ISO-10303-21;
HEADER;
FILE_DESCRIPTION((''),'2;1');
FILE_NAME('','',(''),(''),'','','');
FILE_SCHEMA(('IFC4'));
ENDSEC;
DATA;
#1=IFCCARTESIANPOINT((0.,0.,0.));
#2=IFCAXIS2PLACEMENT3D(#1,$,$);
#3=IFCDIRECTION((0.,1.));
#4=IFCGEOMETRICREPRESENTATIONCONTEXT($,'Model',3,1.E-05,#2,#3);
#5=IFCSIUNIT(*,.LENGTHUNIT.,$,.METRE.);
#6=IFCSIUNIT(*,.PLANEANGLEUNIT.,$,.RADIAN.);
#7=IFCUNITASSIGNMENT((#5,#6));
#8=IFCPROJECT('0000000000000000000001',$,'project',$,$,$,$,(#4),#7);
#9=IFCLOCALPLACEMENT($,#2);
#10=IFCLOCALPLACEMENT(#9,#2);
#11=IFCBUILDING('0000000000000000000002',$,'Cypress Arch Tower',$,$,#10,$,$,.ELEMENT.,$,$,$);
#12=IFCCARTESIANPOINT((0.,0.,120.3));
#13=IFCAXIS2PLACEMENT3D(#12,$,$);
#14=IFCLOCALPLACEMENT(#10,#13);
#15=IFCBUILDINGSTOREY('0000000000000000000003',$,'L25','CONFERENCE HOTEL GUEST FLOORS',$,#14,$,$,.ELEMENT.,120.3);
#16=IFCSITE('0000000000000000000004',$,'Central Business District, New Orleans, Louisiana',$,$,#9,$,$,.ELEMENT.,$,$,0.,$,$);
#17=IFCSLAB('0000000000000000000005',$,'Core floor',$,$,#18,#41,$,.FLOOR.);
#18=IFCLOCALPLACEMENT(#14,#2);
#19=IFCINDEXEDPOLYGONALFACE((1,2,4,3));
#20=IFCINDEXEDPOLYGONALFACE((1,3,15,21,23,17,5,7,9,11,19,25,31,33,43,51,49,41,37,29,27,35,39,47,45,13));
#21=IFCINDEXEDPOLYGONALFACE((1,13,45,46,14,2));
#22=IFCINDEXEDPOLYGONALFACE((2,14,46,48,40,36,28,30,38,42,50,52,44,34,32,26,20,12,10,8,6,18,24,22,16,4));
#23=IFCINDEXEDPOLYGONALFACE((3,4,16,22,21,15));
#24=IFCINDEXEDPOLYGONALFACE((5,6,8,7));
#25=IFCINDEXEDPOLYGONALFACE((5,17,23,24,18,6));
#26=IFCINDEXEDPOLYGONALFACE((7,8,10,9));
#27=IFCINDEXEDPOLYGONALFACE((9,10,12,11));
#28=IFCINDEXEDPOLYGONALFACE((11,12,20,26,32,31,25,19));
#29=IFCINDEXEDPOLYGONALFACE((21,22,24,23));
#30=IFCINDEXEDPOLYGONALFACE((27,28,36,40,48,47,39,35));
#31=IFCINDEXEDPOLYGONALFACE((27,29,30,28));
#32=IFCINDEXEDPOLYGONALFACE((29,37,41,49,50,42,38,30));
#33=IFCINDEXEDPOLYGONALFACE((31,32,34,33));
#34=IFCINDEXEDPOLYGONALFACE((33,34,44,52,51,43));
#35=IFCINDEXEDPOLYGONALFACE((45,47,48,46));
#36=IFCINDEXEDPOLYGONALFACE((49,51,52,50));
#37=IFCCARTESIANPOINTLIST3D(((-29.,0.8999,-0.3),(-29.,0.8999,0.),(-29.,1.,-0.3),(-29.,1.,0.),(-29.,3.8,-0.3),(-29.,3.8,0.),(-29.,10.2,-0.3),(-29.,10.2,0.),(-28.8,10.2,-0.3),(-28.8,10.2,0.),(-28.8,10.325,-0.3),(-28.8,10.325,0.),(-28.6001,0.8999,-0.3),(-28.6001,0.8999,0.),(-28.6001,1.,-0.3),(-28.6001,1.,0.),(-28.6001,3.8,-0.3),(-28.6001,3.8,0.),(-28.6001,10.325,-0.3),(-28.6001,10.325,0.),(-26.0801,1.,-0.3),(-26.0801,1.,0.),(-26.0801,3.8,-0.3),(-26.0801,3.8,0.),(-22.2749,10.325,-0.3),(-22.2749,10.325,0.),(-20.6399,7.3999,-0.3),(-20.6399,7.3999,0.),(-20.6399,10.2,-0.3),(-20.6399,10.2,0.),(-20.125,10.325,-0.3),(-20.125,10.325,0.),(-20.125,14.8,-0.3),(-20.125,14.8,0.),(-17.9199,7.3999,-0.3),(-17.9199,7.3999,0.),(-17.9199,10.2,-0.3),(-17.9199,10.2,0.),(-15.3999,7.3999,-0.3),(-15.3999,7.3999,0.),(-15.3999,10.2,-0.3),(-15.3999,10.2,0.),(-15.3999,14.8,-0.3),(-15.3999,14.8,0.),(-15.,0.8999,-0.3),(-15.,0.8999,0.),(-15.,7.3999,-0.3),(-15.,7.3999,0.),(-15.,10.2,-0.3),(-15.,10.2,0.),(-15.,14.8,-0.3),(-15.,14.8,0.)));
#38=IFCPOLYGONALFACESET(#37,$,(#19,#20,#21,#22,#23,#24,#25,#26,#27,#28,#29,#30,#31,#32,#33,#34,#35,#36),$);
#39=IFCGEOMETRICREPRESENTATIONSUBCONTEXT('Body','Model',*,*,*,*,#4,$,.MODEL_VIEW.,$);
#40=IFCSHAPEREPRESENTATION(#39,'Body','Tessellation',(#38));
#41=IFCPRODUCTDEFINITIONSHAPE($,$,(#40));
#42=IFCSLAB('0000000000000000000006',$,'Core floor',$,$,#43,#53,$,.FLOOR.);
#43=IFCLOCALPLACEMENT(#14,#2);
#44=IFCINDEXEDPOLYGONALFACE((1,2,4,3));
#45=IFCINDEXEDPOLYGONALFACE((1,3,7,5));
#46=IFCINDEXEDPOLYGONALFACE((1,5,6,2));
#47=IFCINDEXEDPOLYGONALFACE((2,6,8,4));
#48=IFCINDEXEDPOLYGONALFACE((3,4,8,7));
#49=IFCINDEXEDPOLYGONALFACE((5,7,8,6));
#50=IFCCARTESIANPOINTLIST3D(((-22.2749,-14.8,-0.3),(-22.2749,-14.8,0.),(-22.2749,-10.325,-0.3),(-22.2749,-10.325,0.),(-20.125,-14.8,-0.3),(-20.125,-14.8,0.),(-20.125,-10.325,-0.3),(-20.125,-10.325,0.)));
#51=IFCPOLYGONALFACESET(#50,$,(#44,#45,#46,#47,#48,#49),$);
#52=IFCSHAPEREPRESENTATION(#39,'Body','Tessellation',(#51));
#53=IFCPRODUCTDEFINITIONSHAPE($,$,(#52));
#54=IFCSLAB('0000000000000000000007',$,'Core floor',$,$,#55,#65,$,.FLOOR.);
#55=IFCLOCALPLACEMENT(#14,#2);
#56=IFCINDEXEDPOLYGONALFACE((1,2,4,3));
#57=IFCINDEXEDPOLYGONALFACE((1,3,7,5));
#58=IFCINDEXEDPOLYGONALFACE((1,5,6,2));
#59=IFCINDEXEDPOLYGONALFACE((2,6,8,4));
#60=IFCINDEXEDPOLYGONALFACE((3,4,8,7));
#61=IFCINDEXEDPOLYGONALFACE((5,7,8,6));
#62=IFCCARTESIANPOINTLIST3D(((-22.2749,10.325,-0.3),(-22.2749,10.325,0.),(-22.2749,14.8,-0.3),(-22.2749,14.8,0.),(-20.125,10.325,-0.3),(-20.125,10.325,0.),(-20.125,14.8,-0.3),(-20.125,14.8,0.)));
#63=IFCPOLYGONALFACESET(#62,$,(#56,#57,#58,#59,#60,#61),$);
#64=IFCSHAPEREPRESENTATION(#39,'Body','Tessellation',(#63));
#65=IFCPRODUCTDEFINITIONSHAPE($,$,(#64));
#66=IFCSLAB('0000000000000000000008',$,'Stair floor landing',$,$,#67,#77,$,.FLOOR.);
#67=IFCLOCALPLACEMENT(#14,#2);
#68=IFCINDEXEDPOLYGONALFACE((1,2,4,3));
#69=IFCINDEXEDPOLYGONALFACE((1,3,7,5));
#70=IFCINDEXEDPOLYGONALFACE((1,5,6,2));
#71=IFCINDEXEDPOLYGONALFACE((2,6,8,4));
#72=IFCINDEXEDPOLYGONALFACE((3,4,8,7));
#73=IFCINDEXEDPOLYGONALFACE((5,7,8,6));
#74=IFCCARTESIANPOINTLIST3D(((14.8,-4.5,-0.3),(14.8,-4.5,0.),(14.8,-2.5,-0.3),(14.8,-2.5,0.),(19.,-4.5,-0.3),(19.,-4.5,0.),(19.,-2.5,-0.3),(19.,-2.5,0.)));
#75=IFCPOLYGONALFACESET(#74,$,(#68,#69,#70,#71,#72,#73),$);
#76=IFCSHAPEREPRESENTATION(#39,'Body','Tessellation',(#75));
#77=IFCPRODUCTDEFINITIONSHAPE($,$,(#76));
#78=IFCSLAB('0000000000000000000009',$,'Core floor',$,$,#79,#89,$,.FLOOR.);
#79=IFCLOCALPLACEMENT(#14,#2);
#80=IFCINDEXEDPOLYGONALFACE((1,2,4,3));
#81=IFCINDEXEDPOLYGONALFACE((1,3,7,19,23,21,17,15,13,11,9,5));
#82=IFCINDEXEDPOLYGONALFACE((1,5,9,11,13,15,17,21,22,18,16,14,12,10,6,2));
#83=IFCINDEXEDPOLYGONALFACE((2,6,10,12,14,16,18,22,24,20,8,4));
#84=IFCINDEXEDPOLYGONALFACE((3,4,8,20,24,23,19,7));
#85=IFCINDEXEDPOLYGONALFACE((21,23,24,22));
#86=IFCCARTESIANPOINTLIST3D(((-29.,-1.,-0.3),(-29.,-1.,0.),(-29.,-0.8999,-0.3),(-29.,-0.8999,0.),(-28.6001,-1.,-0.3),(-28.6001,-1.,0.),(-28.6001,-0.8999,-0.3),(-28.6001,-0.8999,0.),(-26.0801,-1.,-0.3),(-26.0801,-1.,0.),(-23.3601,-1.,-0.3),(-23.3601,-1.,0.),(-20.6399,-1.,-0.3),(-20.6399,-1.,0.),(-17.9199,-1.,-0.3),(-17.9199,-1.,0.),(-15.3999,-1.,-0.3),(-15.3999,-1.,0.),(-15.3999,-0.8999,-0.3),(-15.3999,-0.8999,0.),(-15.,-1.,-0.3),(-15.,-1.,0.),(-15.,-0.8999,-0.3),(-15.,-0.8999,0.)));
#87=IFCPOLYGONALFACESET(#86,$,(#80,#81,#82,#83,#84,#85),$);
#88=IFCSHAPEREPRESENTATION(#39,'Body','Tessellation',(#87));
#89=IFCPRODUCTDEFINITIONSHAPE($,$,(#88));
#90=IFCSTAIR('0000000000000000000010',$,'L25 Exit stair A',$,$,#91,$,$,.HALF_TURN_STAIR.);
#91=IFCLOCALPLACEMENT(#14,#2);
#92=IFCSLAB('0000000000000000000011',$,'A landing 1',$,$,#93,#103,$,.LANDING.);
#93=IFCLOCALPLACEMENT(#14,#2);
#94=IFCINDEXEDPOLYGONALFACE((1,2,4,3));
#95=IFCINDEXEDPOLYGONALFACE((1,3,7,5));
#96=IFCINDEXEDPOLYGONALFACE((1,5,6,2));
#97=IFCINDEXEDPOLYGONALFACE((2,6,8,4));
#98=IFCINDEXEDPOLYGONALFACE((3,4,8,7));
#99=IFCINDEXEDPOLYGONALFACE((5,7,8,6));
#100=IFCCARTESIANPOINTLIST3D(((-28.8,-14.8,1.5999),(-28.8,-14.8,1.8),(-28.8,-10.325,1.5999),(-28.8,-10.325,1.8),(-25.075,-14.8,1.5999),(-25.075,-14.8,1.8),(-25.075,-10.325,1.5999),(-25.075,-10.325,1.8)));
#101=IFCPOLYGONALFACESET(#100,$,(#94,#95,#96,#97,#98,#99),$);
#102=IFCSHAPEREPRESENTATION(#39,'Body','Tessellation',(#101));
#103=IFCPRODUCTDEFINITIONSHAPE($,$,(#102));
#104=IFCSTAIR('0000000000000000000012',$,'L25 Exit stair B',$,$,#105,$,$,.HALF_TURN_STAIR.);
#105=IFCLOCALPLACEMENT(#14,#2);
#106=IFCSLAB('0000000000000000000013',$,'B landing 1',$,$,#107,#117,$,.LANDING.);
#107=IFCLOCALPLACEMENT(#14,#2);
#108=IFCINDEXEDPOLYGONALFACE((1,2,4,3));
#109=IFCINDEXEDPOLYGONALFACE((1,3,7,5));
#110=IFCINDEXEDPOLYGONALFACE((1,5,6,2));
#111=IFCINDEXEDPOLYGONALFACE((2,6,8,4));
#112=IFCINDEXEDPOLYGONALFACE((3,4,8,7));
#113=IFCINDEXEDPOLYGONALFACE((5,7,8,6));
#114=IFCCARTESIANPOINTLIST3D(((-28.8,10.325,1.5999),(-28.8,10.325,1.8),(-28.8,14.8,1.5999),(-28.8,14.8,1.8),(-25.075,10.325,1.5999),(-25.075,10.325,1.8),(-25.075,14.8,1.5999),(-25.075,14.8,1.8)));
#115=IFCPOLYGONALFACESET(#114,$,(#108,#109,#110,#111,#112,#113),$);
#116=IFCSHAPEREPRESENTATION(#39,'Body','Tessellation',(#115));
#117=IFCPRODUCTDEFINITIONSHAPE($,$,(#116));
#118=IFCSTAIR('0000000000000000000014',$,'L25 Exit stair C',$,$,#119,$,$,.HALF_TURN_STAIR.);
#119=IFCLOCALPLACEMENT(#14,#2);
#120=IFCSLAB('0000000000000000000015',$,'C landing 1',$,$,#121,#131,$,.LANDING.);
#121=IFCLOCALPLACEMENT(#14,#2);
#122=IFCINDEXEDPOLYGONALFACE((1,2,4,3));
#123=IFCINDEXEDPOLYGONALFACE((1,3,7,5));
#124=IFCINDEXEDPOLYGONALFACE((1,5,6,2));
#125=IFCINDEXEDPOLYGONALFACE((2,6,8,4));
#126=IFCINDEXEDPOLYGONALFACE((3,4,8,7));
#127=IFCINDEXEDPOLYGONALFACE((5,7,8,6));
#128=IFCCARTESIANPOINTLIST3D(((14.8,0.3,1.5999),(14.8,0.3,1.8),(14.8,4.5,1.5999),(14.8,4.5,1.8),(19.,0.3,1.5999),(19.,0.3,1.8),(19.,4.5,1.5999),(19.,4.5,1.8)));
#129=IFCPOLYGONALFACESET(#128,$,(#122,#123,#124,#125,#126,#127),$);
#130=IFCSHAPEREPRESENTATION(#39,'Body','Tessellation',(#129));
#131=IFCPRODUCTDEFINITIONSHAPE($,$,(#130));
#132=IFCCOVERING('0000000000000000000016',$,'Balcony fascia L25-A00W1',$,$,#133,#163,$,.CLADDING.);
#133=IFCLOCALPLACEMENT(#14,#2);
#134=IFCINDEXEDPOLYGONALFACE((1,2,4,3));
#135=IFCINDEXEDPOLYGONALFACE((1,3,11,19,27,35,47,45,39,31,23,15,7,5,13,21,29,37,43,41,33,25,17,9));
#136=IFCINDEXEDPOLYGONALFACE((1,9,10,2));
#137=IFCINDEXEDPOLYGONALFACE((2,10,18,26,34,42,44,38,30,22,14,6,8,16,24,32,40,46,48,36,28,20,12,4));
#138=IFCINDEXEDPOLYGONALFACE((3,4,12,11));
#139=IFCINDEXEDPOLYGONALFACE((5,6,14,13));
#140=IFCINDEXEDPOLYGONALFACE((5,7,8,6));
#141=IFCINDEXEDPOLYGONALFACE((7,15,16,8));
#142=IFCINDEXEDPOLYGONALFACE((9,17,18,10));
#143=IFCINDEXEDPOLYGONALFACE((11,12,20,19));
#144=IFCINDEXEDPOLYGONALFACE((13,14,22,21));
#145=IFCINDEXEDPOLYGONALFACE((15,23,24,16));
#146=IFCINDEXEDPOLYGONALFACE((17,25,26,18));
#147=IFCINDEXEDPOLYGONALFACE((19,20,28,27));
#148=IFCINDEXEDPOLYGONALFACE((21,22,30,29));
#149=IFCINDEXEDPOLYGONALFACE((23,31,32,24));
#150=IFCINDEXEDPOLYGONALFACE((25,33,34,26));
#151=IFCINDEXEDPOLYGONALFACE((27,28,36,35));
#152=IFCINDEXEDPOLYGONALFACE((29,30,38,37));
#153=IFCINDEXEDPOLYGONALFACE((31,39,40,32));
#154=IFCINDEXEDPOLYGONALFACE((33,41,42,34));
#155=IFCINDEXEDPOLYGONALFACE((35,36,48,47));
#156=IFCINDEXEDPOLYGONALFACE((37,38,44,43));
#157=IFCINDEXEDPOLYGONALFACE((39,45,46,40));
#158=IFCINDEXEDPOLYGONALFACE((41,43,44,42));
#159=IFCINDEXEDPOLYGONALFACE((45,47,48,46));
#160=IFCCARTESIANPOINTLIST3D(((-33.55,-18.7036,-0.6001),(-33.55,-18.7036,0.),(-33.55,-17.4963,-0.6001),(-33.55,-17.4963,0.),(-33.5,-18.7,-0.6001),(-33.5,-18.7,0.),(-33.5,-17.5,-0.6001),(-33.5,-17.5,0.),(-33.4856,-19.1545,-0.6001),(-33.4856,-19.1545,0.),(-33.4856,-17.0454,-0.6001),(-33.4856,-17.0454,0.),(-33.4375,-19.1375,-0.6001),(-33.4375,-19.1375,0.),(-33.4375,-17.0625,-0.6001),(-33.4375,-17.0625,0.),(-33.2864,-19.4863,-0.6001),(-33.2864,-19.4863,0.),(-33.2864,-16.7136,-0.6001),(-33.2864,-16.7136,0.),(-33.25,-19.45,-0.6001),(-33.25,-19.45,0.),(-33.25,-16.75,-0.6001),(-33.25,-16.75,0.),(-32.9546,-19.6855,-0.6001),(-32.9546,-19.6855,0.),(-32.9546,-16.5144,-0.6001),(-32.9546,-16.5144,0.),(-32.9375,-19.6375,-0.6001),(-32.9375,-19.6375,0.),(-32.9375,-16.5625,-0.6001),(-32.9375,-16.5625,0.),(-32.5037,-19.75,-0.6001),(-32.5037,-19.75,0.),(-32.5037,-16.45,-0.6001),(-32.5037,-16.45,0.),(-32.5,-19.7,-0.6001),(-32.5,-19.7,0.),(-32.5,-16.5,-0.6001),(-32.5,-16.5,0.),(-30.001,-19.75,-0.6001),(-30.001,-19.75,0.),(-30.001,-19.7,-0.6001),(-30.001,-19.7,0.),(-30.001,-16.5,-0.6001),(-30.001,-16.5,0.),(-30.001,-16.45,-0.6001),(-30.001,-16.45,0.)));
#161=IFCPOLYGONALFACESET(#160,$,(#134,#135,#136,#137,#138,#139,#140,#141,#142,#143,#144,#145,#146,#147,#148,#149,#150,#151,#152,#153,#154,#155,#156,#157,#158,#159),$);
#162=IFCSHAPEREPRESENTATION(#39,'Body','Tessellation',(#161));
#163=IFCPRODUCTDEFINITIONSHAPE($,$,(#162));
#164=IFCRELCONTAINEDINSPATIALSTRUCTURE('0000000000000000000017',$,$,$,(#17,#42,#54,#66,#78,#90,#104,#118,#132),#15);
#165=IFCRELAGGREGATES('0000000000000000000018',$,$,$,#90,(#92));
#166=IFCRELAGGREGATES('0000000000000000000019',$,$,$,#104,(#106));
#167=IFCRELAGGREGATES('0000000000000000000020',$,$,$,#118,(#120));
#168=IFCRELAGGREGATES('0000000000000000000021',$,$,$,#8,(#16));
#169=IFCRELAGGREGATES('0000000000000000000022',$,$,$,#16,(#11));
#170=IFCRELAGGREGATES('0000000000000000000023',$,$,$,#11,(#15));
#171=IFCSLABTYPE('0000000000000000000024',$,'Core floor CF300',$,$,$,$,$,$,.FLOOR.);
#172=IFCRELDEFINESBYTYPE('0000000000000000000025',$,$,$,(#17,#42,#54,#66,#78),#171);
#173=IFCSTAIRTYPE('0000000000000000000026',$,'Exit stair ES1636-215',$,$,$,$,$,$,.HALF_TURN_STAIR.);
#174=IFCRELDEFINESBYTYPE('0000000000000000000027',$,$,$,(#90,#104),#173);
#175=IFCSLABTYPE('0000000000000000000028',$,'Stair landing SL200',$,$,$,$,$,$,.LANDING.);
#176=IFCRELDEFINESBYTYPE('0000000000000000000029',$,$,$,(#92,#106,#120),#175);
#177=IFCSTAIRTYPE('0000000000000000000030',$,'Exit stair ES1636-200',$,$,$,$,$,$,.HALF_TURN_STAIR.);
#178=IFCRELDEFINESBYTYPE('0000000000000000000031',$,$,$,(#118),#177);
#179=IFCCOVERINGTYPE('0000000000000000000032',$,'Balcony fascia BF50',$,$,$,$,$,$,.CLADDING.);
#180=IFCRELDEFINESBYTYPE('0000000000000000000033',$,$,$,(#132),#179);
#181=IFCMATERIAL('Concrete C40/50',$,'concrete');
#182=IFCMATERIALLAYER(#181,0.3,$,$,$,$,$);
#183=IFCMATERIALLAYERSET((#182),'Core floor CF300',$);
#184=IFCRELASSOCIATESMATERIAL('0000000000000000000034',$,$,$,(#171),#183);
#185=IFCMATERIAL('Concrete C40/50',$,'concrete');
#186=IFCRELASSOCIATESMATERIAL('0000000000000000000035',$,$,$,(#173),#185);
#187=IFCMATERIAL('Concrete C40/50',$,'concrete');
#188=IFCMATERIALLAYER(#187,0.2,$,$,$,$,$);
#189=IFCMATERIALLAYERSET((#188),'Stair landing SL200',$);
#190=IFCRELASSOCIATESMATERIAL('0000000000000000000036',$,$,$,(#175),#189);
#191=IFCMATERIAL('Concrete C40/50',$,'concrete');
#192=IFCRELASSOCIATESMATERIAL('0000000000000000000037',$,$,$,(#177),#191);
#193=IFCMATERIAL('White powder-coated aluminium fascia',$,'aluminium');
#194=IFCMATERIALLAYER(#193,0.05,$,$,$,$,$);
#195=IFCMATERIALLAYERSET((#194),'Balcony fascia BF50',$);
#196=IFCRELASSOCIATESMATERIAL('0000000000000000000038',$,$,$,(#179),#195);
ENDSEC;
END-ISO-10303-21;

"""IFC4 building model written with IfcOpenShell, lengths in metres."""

from ifc_helpers import new_model, si_unit, direction, frame, origin, place, context, subcontext, project, spatial, polyline, outline, extrude, material, layer, layer_set, type_object, element, aggregate, save


model = new_model("IFC4")

# Units and contexts
model_context = context("Model", 3, precision=1e-05, world=origin(), true_north=direction((0.0, 1.0)))
body_context = subcontext(model_context, "Body", "Model", "MODEL_VIEW")
ifc_project = project(units=[si_unit("LENGTHUNIT", "METRE"), si_unit("PLANEANGLEUNIT", "RADIAN")], contexts=[model_context])

# Site, building, storey
site_placement = place(None, origin())
site = spatial("IfcSite", under=ifc_project, at=site_placement, Name="Central Business District, New Orleans, Louisiana", CompositionType="ELEMENT", RefElevation=0.0)
building_placement = place(site_placement, origin())
building = spatial("IfcBuilding", under=site, at=building_placement, Name="Cypress Arch Tower", CompositionType="ELEMENT")
storey_placement = place(building_placement, frame((0.0, 0.0, 120.3)))
storey = spatial("IfcBuildingStorey", under=building, at=storey_placement, Name="L25", Description="CONFERENCE HOTEL GUEST FLOORS", CompositionType="ELEMENT", Elevation=120.3)

# Slabs
ifc_material_1 = material(Name="Concrete C40/50", Category="concrete")
ifc_layer_1 = layer(ifc_material_1, 0.3)
ifc_layer_set_1 = layer_set([ifc_layer_1], Name="Core floor CF300")
slab_type_1 = type_object("IfcSlabType", Name="Core floor CF300", PredefinedType="FLOOR", material=ifc_layer_set_1)
slab_1_placement = place(storey_placement, frame((0.0, 0.0, -0.3)))
element("IfcSlab", 1, at=slab_1_placement, inside=storey, type_object=slab_type_1, Name="Core floor", PredefinedType="FLOOR", context=body_context, shape_type="SweptSolid", body=[
    extrude(outline(polyline([(-29.0, 3.8), (-29.0, 10.2), (-28.8, 10.2), (-28.8, 10.325), (-28.6001, 10.325), (-22.2749, 10.325), (-20.125, 10.325), (-20.125, 14.8), (-15.3999, 14.8), (-15.0, 14.8), (-15.0, 10.2), (-15.3999, 10.2), (-17.9199, 10.2), (-20.6399, 10.2), (-20.6399, 7.3999), (-17.9199, 7.3999), (-15.3999, 7.3999), (-15.0, 7.3999), (-15.0, 0.8999), (-28.6001, 0.8999), (-29.0, 0.8999), (-29.0, 1.0), (-28.6001, 1.0), (-26.0801, 1.0), (-26.0801, 3.8), (-28.6001, 3.8), (-29.0, 3.8)])), origin(), (0.0, 0.0, 1.0), 0.3),
])
slab_2_placement = place(storey_placement, frame((0.0, 0.0, -0.3)))
element("IfcSlab", 2, at=slab_2_placement, inside=storey, type_object=slab_type_1, Name="Core floor", PredefinedType="FLOOR", context=body_context, shape_type="SweptSolid", body=[
    extrude(outline(polyline([(-22.2749, -10.325), (-22.2749, -14.8), (-20.125, -14.8), (-20.125, -10.325), (-22.2749, -10.325)])), origin(), (0.0, 0.0, 1.0), 0.3),
])
slab_3_placement = place(storey_placement, frame((0.0, 0.0, -0.3)))
element("IfcSlab", 3, at=slab_3_placement, inside=storey, type_object=slab_type_1, Name="Core floor", PredefinedType="FLOOR", context=body_context, shape_type="SweptSolid", body=[
    extrude(outline(polyline([(-20.125, 14.8), (-22.2749, 14.8), (-22.2749, 10.325), (-20.125, 10.325), (-20.125, 14.8)])), origin(), (0.0, 0.0, 1.0), 0.3),
])
slab_4_placement = place(storey_placement, frame((0.0, 0.0, -0.3)))
element("IfcSlab", 4, at=slab_4_placement, inside=storey, type_object=slab_type_1, Name="Stair floor landing", PredefinedType="FLOOR", context=body_context, shape_type="SweptSolid", body=[
    extrude(outline(polyline([(19.0, -4.5), (19.0, -2.5), (14.8, -2.5), (14.8, -4.5), (19.0, -4.5)])), origin(), (0.0, 0.0, 1.0), 0.3),
])
slab_5_placement = place(storey_placement, frame((0.0, 0.0, -0.3)))
element("IfcSlab", 5, at=slab_5_placement, inside=storey, type_object=slab_type_1, Name="Core floor", PredefinedType="FLOOR", context=body_context, shape_type="SweptSolid", body=[
    extrude(outline(polyline([(-20.6399, -1.0), (-23.3601, -1.0), (-26.0801, -1.0), (-28.6001, -1.0), (-29.0, -1.0), (-29.0, -0.8999), (-28.6001, -0.8999), (-15.3999, -0.8999), (-15.0, -0.8999), (-15.0, -1.0), (-15.3999, -1.0), (-17.9199, -1.0), (-20.6399, -1.0)])), origin(), (0.0, 0.0, 1.0), 0.3),
])

# Stairs, slabs
ifc_material_2 = material(Name="Concrete C40/50", Category="concrete")
stair_type_1 = type_object("IfcStairType", Name="Exit stair ES1636-215", PredefinedType="HALF_TURN_STAIR", material=ifc_material_2)
stair_1_placement = place(storey_placement, origin())
stair_1 = element("IfcStair", 6, at=stair_1_placement, inside=storey, type_object=stair_type_1, Name="L25 Exit stair A", PredefinedType="HALF_TURN_STAIR")
ifc_material_3 = material(Name="Concrete C40/50", Category="concrete")
ifc_layer_2 = layer(ifc_material_3, 0.2)
ifc_layer_set_2 = layer_set([ifc_layer_2], Name="Stair landing SL200")
slab_type_2 = type_object("IfcSlabType", Name="Stair landing SL200", PredefinedType="LANDING", material=ifc_layer_set_2)
slab_6_placement = place(storey_placement, frame((0.0, 0.0, 1.5999)))
slab_6 = element("IfcSlab", 7, at=slab_6_placement, type_object=slab_type_2, Name="A landing 1", PredefinedType="LANDING", context=body_context, shape_type="SweptSolid", body=[
    extrude(outline(polyline([(-25.075, -10.325), (-28.8, -10.325), (-28.8, -14.8), (-25.075, -14.8), (-25.075, -10.325)])), origin(), (0.0, 0.0, 1.0), 0.2002),
])
aggregate(stair_1, [slab_6])
stair_2_placement = place(storey_placement, origin())
stair_2 = element("IfcStair", 8, at=stair_2_placement, inside=storey, type_object=stair_type_1, Name="L25 Exit stair B", PredefinedType="HALF_TURN_STAIR")
slab_7_placement = place(storey_placement, frame((0.0, 0.0, 1.5999)))
slab_7 = element("IfcSlab", 9, at=slab_7_placement, type_object=slab_type_2, Name="B landing 1", PredefinedType="LANDING", context=body_context, shape_type="SweptSolid", body=[
    extrude(outline(polyline([(-25.075, 14.8), (-28.8, 14.8), (-28.8, 10.325), (-25.075, 10.325), (-25.075, 14.8)])), origin(), (0.0, 0.0, 1.0), 0.2002),
])
aggregate(stair_2, [slab_7])
ifc_material_4 = material(Name="Concrete C40/50", Category="concrete")
stair_type_2 = type_object("IfcStairType", Name="Exit stair ES1636-200", PredefinedType="HALF_TURN_STAIR", material=ifc_material_4)
stair_3_placement = place(storey_placement, origin())
stair_3 = element("IfcStair", 10, at=stair_3_placement, inside=storey, type_object=stair_type_2, Name="L25 Exit stair C", PredefinedType="HALF_TURN_STAIR")
slab_8_placement = place(storey_placement, frame((0.0, 0.0, 1.5999)))
slab_8 = element("IfcSlab", 11, at=slab_8_placement, type_object=slab_type_2, Name="C landing 1", PredefinedType="LANDING", context=body_context, shape_type="SweptSolid", body=[
    extrude(outline(polyline([(19.0, 0.3), (19.0, 4.5), (14.8, 4.5), (14.8, 0.3), (19.0, 0.3)])), origin(), (0.0, 0.0, 1.0), 0.2002),
])
aggregate(stair_3, [slab_8])

# Covering
ifc_material_5 = material(Name="White powder-coated aluminium fascia", Category="aluminium")
ifc_layer_3 = layer(ifc_material_5, 0.05)
ifc_layer_set_3 = layer_set([ifc_layer_3], Name="Balcony fascia BF50")
covering_type_1 = type_object("IfcCoveringType", Name="Balcony fascia BF50", PredefinedType="CLADDING", material=ifc_layer_set_3)
covering_1_placement = place(storey_placement, frame((0.0, 0.0, -0.6001)))
element("IfcCovering", 12, at=covering_1_placement, inside=storey, type_object=covering_type_1, Name="Balcony fascia L25-A00W1", PredefinedType="CLADDING", context=body_context, shape_type="SweptSolid", body=[
    extrude(outline(polyline([(-32.5037, -19.75), (-32.9546, -19.6855), (-33.2864, -19.4863), (-33.4856, -19.1545), (-33.55, -18.7036), (-33.55, -17.4963), (-33.4856, -17.0454), (-33.2864, -16.7136), (-32.9546, -16.5144), (-32.5037, -16.45), (-30.001, -16.45), (-30.001, -16.5), (-32.5, -16.5), (-32.9375, -16.5625), (-33.25, -16.75), (-33.4375, -17.0625), (-33.5, -17.5), (-33.5, -18.7), (-33.4375, -19.1375), (-33.25, -19.45), (-32.9375, -19.6375), (-32.5, -19.7), (-30.001, -19.7), (-30.001, -19.75), (-32.5037, -19.75)])), origin(), (0.0, 0.0, 1.0), 0.6001),
])

save(model, "model.ifc")
